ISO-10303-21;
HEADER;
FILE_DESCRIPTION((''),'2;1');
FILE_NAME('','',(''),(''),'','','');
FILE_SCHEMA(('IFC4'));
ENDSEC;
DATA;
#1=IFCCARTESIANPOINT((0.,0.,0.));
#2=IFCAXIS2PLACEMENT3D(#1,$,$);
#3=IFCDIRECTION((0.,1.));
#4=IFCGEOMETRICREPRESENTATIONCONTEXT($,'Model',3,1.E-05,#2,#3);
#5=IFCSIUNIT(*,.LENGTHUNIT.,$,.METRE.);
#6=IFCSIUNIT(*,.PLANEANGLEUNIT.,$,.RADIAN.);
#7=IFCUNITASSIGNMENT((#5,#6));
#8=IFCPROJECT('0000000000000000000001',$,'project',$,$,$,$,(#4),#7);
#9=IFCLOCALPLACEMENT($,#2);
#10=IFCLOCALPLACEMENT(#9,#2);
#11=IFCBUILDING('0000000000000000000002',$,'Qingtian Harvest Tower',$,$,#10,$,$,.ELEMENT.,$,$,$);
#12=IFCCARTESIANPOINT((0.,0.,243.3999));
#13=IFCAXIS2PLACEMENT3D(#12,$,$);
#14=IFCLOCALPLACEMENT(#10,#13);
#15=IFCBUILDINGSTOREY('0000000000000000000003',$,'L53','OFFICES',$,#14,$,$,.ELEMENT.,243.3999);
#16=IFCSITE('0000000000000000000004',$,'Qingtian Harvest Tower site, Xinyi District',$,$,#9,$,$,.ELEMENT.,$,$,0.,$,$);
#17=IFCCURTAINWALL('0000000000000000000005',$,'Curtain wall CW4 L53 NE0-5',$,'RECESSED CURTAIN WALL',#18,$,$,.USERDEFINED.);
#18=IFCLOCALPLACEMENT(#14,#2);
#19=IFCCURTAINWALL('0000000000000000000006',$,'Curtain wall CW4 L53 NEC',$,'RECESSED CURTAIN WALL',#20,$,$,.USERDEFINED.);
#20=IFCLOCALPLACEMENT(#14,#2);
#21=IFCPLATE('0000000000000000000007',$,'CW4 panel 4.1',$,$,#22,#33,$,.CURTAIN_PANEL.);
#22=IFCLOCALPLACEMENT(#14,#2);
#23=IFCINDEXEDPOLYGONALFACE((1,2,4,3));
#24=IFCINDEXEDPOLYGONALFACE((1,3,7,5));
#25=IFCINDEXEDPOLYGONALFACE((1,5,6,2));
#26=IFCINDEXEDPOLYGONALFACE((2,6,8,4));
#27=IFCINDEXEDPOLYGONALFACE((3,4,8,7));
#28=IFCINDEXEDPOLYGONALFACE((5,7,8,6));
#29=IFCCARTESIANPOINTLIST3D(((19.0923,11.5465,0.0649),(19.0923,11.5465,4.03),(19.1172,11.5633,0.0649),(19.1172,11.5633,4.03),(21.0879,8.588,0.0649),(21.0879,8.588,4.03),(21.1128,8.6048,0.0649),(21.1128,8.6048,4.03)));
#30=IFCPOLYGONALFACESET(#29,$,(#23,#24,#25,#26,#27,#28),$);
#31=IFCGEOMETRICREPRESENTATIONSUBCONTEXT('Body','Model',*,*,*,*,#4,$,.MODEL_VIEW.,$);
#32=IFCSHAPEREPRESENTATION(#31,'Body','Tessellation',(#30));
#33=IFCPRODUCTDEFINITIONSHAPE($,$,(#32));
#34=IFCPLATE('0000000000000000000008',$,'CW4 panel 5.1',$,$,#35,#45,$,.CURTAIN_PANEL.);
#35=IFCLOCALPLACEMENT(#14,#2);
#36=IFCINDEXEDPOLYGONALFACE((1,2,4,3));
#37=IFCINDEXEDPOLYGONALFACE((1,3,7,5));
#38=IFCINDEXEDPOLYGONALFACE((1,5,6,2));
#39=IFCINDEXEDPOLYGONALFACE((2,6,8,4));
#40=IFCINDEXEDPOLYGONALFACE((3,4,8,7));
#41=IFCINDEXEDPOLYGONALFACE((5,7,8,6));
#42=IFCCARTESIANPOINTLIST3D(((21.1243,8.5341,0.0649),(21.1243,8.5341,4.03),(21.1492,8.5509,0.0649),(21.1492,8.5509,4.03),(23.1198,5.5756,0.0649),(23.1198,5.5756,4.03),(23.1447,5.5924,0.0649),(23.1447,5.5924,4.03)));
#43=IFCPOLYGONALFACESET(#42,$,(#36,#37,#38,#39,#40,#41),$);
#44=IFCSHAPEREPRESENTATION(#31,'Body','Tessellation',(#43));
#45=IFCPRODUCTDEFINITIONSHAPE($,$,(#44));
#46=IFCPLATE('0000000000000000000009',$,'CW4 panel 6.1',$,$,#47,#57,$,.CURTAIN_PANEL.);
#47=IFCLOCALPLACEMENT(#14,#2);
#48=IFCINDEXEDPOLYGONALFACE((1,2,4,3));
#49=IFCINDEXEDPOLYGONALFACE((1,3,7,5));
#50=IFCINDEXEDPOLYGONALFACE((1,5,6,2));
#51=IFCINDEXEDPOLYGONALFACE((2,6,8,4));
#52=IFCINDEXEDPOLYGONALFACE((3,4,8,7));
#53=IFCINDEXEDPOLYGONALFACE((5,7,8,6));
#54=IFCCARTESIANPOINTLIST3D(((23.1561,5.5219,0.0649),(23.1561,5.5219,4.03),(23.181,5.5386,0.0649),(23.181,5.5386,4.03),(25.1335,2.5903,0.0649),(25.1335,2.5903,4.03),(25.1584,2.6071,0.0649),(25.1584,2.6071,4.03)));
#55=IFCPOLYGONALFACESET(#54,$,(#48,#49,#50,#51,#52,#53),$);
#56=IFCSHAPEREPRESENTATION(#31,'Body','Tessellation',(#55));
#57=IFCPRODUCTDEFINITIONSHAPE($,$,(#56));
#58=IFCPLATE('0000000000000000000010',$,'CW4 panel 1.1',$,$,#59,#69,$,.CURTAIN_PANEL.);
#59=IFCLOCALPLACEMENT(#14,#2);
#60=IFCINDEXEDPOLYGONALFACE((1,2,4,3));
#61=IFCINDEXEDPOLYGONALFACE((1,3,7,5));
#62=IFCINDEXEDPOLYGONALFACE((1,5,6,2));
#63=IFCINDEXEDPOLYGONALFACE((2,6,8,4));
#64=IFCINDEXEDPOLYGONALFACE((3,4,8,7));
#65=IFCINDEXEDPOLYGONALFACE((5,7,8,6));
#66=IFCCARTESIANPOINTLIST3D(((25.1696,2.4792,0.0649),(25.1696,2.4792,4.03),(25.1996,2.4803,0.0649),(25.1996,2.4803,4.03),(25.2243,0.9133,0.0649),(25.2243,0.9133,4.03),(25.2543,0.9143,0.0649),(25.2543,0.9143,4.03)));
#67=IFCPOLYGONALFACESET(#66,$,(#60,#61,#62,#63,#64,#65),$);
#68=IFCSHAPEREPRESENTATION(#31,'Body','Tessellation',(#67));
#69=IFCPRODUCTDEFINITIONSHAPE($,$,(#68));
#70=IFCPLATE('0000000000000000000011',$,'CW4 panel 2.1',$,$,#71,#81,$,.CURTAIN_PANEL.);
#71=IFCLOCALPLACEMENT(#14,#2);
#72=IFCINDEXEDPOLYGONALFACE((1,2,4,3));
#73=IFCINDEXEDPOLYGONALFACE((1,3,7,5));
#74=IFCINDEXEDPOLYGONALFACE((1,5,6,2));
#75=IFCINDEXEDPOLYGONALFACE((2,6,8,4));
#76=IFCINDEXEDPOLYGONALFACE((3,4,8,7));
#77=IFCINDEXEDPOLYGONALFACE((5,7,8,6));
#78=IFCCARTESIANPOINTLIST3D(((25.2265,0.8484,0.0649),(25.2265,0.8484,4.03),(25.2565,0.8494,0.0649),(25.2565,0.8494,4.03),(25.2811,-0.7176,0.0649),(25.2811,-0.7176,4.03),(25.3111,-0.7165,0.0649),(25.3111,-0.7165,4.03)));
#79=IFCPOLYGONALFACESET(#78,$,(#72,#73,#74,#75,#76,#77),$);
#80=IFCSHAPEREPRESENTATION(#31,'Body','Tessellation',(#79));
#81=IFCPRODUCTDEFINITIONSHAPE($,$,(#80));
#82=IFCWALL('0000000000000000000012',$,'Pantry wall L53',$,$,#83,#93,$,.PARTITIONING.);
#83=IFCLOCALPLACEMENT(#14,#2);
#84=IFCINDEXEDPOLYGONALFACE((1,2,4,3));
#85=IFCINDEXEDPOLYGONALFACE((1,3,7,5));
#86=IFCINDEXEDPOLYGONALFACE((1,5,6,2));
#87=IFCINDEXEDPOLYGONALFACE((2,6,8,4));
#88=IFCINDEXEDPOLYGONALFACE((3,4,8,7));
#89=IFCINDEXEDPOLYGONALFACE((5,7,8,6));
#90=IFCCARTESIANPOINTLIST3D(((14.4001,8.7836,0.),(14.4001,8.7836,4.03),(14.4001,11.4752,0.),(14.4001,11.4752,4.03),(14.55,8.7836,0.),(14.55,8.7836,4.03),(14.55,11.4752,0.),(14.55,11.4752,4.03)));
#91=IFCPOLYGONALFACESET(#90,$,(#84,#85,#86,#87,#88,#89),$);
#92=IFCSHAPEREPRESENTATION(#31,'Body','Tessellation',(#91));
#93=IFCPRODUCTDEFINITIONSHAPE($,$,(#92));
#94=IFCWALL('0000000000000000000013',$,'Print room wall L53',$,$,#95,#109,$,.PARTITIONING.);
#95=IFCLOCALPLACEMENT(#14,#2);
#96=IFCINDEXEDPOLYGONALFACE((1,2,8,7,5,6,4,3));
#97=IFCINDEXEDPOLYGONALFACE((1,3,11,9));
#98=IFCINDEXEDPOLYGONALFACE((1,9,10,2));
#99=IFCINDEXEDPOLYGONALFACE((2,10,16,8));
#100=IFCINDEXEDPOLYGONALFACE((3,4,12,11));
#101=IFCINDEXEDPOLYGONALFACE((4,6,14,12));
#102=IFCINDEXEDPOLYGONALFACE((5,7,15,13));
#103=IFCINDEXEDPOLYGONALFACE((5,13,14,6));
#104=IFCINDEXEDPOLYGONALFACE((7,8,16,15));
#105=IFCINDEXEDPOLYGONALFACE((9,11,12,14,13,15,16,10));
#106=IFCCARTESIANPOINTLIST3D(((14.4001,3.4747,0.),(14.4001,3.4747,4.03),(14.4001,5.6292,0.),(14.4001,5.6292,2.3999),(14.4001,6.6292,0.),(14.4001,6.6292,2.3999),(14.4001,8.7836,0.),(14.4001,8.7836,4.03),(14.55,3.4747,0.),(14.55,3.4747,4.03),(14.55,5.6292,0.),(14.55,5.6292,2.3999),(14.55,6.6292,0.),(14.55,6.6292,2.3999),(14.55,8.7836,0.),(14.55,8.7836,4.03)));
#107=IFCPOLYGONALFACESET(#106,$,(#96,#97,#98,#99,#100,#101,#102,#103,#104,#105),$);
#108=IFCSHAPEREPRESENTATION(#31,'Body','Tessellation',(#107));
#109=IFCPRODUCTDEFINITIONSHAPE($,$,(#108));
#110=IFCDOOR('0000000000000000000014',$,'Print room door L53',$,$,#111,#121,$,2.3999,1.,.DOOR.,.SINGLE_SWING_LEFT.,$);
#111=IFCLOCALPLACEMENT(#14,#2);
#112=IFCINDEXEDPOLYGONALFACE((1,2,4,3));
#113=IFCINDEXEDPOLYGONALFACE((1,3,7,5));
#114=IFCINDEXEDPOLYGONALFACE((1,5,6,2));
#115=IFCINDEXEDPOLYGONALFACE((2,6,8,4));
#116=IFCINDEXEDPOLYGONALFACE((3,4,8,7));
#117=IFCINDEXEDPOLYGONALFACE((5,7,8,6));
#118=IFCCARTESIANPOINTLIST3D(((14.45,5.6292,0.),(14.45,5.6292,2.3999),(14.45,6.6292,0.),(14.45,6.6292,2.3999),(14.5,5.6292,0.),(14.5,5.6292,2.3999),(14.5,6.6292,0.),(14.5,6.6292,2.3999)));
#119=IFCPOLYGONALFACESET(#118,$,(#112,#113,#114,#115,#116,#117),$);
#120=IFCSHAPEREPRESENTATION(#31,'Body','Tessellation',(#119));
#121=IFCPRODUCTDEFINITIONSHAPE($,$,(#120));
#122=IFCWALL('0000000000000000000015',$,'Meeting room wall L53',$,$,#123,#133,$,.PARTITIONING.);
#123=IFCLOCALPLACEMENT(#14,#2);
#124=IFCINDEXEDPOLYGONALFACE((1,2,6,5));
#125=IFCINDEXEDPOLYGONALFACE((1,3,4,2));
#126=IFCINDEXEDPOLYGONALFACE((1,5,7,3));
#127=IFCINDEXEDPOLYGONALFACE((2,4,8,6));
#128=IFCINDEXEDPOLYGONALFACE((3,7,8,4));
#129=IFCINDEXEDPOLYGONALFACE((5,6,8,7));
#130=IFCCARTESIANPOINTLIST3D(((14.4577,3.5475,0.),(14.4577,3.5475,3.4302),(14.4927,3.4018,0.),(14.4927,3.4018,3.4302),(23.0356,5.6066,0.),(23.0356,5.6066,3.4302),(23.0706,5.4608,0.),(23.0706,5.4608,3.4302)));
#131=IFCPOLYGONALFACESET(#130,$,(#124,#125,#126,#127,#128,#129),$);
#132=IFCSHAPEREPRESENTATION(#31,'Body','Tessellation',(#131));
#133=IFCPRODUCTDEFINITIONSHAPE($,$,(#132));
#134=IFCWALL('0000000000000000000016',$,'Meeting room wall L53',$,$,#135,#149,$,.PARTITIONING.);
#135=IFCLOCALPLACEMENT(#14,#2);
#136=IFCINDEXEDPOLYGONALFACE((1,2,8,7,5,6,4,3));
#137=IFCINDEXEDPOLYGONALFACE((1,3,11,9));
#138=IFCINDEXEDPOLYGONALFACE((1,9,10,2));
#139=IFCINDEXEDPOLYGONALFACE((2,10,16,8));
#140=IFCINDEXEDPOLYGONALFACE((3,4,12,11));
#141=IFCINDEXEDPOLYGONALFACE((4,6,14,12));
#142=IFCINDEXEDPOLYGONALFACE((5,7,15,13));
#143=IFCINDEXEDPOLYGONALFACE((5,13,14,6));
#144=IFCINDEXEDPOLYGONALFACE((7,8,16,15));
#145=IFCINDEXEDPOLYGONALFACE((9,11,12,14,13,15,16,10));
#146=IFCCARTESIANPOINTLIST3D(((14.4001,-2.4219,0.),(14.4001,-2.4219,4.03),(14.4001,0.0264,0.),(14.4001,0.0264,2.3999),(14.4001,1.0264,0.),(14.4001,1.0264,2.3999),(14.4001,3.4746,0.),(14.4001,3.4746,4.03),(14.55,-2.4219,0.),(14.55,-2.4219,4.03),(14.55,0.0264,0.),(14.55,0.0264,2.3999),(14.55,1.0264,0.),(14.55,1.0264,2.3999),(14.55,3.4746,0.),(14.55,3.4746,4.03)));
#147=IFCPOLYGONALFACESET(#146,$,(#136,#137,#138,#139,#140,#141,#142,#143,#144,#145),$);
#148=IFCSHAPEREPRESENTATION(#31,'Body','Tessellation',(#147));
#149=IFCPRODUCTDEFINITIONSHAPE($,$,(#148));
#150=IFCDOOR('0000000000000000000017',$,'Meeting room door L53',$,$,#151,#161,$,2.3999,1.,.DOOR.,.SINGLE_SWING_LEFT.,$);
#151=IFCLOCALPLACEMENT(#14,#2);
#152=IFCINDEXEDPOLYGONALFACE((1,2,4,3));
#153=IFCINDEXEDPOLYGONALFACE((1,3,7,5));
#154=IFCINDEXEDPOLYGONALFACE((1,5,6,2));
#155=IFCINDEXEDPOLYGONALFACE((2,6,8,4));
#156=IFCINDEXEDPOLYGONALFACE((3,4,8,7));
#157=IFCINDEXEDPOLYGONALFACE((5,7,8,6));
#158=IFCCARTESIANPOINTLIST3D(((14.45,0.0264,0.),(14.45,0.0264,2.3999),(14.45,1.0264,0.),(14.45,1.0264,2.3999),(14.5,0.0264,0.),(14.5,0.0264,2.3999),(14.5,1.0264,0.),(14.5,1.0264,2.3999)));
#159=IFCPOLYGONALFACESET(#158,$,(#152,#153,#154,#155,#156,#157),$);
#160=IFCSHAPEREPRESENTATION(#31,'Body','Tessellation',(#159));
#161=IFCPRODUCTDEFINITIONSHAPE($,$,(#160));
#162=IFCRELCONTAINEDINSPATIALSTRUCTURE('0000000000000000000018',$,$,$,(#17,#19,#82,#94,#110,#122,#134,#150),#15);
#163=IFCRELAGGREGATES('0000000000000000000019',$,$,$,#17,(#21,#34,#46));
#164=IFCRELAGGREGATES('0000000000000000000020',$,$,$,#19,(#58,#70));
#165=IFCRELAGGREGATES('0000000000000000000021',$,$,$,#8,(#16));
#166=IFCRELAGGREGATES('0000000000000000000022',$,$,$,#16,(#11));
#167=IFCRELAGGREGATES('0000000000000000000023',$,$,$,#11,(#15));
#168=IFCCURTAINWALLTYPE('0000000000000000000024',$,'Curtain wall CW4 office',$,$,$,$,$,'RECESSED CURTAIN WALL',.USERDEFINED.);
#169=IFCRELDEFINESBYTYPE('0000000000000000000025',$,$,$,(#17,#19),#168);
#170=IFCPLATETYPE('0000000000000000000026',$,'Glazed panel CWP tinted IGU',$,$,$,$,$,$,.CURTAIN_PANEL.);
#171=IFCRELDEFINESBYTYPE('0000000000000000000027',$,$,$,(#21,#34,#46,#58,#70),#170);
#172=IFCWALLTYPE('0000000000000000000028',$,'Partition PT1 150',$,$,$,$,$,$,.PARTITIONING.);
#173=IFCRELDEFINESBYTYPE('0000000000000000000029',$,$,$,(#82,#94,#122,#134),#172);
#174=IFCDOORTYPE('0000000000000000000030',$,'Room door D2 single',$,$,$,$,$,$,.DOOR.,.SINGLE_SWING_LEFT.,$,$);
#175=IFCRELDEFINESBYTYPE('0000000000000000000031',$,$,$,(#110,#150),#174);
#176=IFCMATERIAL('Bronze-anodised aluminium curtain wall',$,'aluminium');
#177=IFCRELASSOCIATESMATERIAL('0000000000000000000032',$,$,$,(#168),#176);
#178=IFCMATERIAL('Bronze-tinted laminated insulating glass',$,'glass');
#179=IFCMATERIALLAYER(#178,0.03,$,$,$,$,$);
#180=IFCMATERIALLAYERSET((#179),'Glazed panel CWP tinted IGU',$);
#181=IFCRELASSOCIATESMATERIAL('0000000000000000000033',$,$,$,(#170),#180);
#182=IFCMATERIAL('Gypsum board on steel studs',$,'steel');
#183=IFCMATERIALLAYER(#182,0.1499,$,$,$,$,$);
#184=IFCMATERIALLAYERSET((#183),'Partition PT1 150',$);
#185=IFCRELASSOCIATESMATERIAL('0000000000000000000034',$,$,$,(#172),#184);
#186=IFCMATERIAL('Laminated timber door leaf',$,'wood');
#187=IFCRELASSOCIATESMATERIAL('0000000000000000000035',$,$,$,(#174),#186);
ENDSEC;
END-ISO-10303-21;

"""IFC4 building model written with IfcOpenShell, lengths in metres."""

from ifc_helpers import new_model, si_unit, direction, frame, frame_2d, origin, origin_2d, place, context, subcontext, project, spatial, rectangle, extrude, material, layer, layer_set, type_object, element, fill, aggregate, save


model = new_model("IFC4")

# Units and contexts
model_context = context("Model", 3, precision=1e-05, world=origin(), true_north=direction((0.0, 1.0)))
body_context = subcontext(model_context, "Body", "Model", "MODEL_VIEW")
ifc_project = project(units=[si_unit("LENGTHUNIT", "METRE"), si_unit("PLANEANGLEUNIT", "RADIAN")], contexts=[model_context])

# Site, building, storey
site_placement = place(None, origin())
site = spatial("IfcSite", under=ifc_project, at=site_placement, Name="Qingtian Harvest Tower site, Xinyi District", CompositionType="ELEMENT", RefElevation=0.0)
building_placement = place(site_placement, origin())
building = spatial("IfcBuilding", under=site, at=building_placement, Name="Qingtian Harvest Tower", CompositionType="ELEMENT")
storey_placement = place(building_placement, frame((0.0, 0.0, 243.3999)))
storey = spatial("IfcBuildingStorey", under=building, at=storey_placement, Name="L53", Description="OFFICES", CompositionType="ELEMENT", Elevation=243.3999)

# Curtain walls
ifc_material_1 = material(Name="Bronze-anodised aluminium curtain wall", Category="aluminium")
curtain_wall_type = type_object("IfcCurtainWallType", Name="Curtain wall CW4 office", ElementType="RECESSED CURTAIN WALL", PredefinedType="USERDEFINED", material=ifc_material_1)
curtain_wall_1_placement = place(storey_placement, origin())
curtain_wall_1 = element("IfcCurtainWall", 1, at=curtain_wall_1_placement, inside=storey, type_object=curtain_wall_type, Name="Curtain wall CW4 L53 NE0-5", ObjectType="RECESSED CURTAIN WALL", PredefinedType="USERDEFINED")
curtain_wall_2_placement = place(storey_placement, origin())
curtain_wall_2 = element("IfcCurtainWall", 2, at=curtain_wall_2_placement, inside=storey, type_object=curtain_wall_type, Name="Curtain wall CW4 L53 NEC", ObjectType="RECESSED CURTAIN WALL", PredefinedType="USERDEFINED")

# Plates
ifc_material_2 = material(Name="Bronze-tinted laminated insulating glass", Category="glass")
ifc_layer_1 = layer(ifc_material_2, 0.03)
ifc_layer_set_1 = layer_set([ifc_layer_1], Name="Glazed panel CWP tinted IGU")
plate_type = type_object("IfcPlateType", Name="Glazed panel CWP tinted IGU", PredefinedType="CURTAIN_PANEL", material=ifc_layer_set_1)
plate_1_placement = place(storey_placement, frame((20.1025, 10.0757, 0.0649), z_axis=(0.0, 0.0, 1.0), x_axis=(0.559193, -0.829038, 0.0)))
plate_1 = element("IfcPlate", 3, at=plate_1_placement, type_object=plate_type, Name="CW4 panel 4.1", PredefinedType="CURTAIN_PANEL", context=body_context, shape_type="SweptSolid", body=[
    extrude(rectangle(XDim=3.5686, YDim=0.03, at=origin_2d()), origin(), (0.0, 0.0, 1.0), 3.9651),
])
plate_2_placement = place(storey_placement, frame((22.1345, 7.0632, 0.0649), z_axis=(0.0, 0.0, 1.0), x_axis=(0.559193, -0.829038, 0.0)))
plate_2 = element("IfcPlate", 4, at=plate_2_placement, type_object=plate_type, Name="CW4 panel 5.1", PredefinedType="CURTAIN_PANEL", context=body_context, shape_type="SweptSolid", body=[
    extrude(rectangle(XDim=3.5686, YDim=0.03, at=origin_2d()), origin(), (0.0, 0.0, 1.0), 3.9651),
])
plate_3_placement = place(storey_placement, frame((24.1572, 4.0645, 0.0649), z_axis=(0.0, 0.0, 1.0), x_axis=(0.559193, -0.829038, 0.0)))
plate_3 = element("IfcPlate", 5, at=plate_3_placement, type_object=plate_type, Name="CW4 panel 6.1", PredefinedType="CURTAIN_PANEL", context=body_context, shape_type="SweptSolid", body=[
    extrude(rectangle(XDim=3.5361, YDim=0.03, at=origin_2d()), origin(), (0.0, 0.0, 1.0), 3.9651),
])
aggregate(curtain_wall_1, [plate_1, plate_2, plate_3])
plate_4_placement = place(storey_placement, frame((25.2119, 1.6968, 0.0649), z_axis=(0.0, 0.0, 1.0), x_axis=(0.034899, -0.999391, 0.0)))
plate_4 = element("IfcPlate", 6, at=plate_4_placement, type_object=plate_type, Name="CW4 panel 1.1", PredefinedType="CURTAIN_PANEL", context=body_context, shape_type="SweptSolid", body=[
    extrude(rectangle(XDim=1.5669, YDim=0.03, at=origin_2d()), origin(), (0.0, 0.0, 1.0), 3.9651),
])
plate_5_placement = place(storey_placement, frame((25.2688, 0.0659, 0.0649), z_axis=(0.0, 0.0, 1.0), x_axis=(0.034899, -0.999391, 0.0)))
plate_5 = element("IfcPlate", 7, at=plate_5_placement, type_object=plate_type, Name="CW4 panel 2.1", PredefinedType="CURTAIN_PANEL", context=body_context, shape_type="SweptSolid", body=[
    extrude(rectangle(XDim=1.5669, YDim=0.03, at=origin_2d()), origin(), (0.0, 0.0, 1.0), 3.9651),
])
aggregate(curtain_wall_2, [plate_4, plate_5])

# Wall
ifc_material_3 = material(Name="Gypsum board on steel studs", Category="steel")
ifc_layer_2 = layer(ifc_material_3, 0.1499)
ifc_layer_set_2 = layer_set([ifc_layer_2], Name="Partition PT1 150")
wall_type = type_object("IfcWallType", Name="Partition PT1 150", PredefinedType="PARTITIONING", material=ifc_layer_set_2)
wall_1_placement = place(storey_placement, frame((14.4751, 11.4751, 0.0), z_axis=(0.0, 0.0, 1.0), x_axis=(0.0, -1.0, 0.0)))
element("IfcWall", 8, at=wall_1_placement, inside=storey, type_object=wall_type, Name="Pantry wall L53", PredefinedType="PARTITIONING", context=body_context, shape_type="SweptSolid", body=[
    extrude(rectangle(XDim=2.6917, YDim=0.1499, at=frame_2d((1.3457, 0.0))), origin(), (0.0, 0.0, 1.0), 4.03),
])

# Wall, opening, door
wall_2_placement = place(storey_placement, frame((14.4751, 8.7834, 0.0), z_axis=(0.0, 0.0, 1.0), x_axis=(0.0, -1.0, 0.0)))
wall_2 = element("IfcWall", 9, at=wall_2_placement, inside=storey, type_object=wall_type, Name="Print room wall L53", PredefinedType="PARTITIONING", context=body_context, shape_type="SweptSolid", body=[
    extrude(rectangle(XDim=5.3088, YDim=0.1499, at=frame_2d((2.6543, 0.0))), origin(), (0.0, 0.0, 1.0), 4.03),
])
opening_1_placement = place(wall_2_placement, frame((2.1543, 0.0, 0.0)))
opening_1 = element("IfcOpeningElement", 10, at=opening_1_placement, cuts=wall_2, PredefinedType="OPENING", context=body_context, shape_type="SweptSolid", body=[
    extrude(rectangle(XDim=1.0, YDim=2.3999, at=frame_2d((0.5, 1.2))), frame((0.0, 0.085, 0.0), z_axis=(0.0, -1.0, 0.0), x_axis=(1.0, 0.0, 0.0)), (0.0, 0.0, 1.0), 0.1699),
])
ifc_material_4 = material(Name="Laminated timber door leaf", Category="wood")
door_type = type_object("IfcDoorType", Name="Room door D2 single", OperationType="SINGLE_SWING_LEFT", PredefinedType="DOOR", material=ifc_material_4)
door_1_placement = place(opening_1_placement, origin())
door_1 = element("IfcDoor", 11, at=door_1_placement, inside=storey, type_object=door_type, Name="Print room door L53", OperationType="SINGLE_SWING_LEFT", OverallHeight=2.3999, OverallWidth=1.0, PredefinedType="DOOR", context=body_context, shape_type="SweptSolid", body=[
    extrude(rectangle(XDim=1.0, YDim=2.3999, at=frame_2d((0.5, 1.2))), frame((0.0, 0.0249, 0.0), z_axis=(0.0, -1.0, 0.0), x_axis=(1.0, 0.0, 0.0)), (0.0, 0.0, 1.0), 0.05),
])
fill(opening_1, door_1)

# Wall
wall_3_placement = place(storey_placement, frame((23.053, 5.5337, 0.0), z_axis=(0.0, 0.0, 1.0), x_axis=(-0.972377, -0.233415, 0.0)))
element("IfcWall", 12, at=wall_3_placement, inside=storey, type_object=wall_type, Name="Meeting room wall L53", PredefinedType="PARTITIONING", context=body_context, shape_type="SweptSolid", body=[
    extrude(rectangle(XDim=8.8215, YDim=0.1499, at=frame_2d((4.4106, 0.0))), origin(), (0.0, 0.0, 1.0), 3.4302),
])

# Wall, opening, door
wall_4_placement = place(storey_placement, frame((14.4751, 3.4746, 0.0), z_axis=(0.0, 0.0, 1.0), x_axis=(0.0, -1.0, 0.0)))
wall_4 = element("IfcWall", 13, at=wall_4_placement, inside=storey, type_object=wall_type, Name="Meeting room wall L53", PredefinedType="PARTITIONING", context=body_context, shape_type="SweptSolid", body=[
    extrude(rectangle(XDim=5.8965, YDim=0.1499, at=frame_2d((2.9482, 0.0))), origin(), (0.0, 0.0, 1.0), 4.03),
])
opening_2_placement = place(wall_4_placement, frame((2.4482, 0.0, 0.0)))
opening_2 = element("IfcOpeningElement", 14, at=opening_2_placement, cuts=wall_4, PredefinedType="OPENING", context=body_context, shape_type="SweptSolid", body=[
    extrude(rectangle(XDim=1.0, YDim=2.3999, at=frame_2d((0.5, 1.2))), frame((0.0, 0.085, 0.0), z_axis=(0.0, -1.0, 0.0), x_axis=(1.0, 0.0, 0.0)), (0.0, 0.0, 1.0), 0.1699),
])
door_2_placement = place(opening_2_placement, origin())
door_2 = element("IfcDoor", 15, at=door_2_placement, inside=storey, type_object=door_type, Name="Meeting room door L53", OperationType="SINGLE_SWING_LEFT", OverallHeight=2.3999, OverallWidth=1.0, PredefinedType="DOOR", context=body_context, shape_type="SweptSolid", body=[
    extrude(rectangle(XDim=1.0, YDim=2.3999, at=frame_2d((0.5, 1.2))), frame((0.0, 0.0249, 0.0), z_axis=(0.0, -1.0, 0.0), x_axis=(1.0, 0.0, 0.0)), (0.0, 0.0, 1.0), 0.05),
])
fill(opening_2, door_2)

save(model, "model.ifc")
